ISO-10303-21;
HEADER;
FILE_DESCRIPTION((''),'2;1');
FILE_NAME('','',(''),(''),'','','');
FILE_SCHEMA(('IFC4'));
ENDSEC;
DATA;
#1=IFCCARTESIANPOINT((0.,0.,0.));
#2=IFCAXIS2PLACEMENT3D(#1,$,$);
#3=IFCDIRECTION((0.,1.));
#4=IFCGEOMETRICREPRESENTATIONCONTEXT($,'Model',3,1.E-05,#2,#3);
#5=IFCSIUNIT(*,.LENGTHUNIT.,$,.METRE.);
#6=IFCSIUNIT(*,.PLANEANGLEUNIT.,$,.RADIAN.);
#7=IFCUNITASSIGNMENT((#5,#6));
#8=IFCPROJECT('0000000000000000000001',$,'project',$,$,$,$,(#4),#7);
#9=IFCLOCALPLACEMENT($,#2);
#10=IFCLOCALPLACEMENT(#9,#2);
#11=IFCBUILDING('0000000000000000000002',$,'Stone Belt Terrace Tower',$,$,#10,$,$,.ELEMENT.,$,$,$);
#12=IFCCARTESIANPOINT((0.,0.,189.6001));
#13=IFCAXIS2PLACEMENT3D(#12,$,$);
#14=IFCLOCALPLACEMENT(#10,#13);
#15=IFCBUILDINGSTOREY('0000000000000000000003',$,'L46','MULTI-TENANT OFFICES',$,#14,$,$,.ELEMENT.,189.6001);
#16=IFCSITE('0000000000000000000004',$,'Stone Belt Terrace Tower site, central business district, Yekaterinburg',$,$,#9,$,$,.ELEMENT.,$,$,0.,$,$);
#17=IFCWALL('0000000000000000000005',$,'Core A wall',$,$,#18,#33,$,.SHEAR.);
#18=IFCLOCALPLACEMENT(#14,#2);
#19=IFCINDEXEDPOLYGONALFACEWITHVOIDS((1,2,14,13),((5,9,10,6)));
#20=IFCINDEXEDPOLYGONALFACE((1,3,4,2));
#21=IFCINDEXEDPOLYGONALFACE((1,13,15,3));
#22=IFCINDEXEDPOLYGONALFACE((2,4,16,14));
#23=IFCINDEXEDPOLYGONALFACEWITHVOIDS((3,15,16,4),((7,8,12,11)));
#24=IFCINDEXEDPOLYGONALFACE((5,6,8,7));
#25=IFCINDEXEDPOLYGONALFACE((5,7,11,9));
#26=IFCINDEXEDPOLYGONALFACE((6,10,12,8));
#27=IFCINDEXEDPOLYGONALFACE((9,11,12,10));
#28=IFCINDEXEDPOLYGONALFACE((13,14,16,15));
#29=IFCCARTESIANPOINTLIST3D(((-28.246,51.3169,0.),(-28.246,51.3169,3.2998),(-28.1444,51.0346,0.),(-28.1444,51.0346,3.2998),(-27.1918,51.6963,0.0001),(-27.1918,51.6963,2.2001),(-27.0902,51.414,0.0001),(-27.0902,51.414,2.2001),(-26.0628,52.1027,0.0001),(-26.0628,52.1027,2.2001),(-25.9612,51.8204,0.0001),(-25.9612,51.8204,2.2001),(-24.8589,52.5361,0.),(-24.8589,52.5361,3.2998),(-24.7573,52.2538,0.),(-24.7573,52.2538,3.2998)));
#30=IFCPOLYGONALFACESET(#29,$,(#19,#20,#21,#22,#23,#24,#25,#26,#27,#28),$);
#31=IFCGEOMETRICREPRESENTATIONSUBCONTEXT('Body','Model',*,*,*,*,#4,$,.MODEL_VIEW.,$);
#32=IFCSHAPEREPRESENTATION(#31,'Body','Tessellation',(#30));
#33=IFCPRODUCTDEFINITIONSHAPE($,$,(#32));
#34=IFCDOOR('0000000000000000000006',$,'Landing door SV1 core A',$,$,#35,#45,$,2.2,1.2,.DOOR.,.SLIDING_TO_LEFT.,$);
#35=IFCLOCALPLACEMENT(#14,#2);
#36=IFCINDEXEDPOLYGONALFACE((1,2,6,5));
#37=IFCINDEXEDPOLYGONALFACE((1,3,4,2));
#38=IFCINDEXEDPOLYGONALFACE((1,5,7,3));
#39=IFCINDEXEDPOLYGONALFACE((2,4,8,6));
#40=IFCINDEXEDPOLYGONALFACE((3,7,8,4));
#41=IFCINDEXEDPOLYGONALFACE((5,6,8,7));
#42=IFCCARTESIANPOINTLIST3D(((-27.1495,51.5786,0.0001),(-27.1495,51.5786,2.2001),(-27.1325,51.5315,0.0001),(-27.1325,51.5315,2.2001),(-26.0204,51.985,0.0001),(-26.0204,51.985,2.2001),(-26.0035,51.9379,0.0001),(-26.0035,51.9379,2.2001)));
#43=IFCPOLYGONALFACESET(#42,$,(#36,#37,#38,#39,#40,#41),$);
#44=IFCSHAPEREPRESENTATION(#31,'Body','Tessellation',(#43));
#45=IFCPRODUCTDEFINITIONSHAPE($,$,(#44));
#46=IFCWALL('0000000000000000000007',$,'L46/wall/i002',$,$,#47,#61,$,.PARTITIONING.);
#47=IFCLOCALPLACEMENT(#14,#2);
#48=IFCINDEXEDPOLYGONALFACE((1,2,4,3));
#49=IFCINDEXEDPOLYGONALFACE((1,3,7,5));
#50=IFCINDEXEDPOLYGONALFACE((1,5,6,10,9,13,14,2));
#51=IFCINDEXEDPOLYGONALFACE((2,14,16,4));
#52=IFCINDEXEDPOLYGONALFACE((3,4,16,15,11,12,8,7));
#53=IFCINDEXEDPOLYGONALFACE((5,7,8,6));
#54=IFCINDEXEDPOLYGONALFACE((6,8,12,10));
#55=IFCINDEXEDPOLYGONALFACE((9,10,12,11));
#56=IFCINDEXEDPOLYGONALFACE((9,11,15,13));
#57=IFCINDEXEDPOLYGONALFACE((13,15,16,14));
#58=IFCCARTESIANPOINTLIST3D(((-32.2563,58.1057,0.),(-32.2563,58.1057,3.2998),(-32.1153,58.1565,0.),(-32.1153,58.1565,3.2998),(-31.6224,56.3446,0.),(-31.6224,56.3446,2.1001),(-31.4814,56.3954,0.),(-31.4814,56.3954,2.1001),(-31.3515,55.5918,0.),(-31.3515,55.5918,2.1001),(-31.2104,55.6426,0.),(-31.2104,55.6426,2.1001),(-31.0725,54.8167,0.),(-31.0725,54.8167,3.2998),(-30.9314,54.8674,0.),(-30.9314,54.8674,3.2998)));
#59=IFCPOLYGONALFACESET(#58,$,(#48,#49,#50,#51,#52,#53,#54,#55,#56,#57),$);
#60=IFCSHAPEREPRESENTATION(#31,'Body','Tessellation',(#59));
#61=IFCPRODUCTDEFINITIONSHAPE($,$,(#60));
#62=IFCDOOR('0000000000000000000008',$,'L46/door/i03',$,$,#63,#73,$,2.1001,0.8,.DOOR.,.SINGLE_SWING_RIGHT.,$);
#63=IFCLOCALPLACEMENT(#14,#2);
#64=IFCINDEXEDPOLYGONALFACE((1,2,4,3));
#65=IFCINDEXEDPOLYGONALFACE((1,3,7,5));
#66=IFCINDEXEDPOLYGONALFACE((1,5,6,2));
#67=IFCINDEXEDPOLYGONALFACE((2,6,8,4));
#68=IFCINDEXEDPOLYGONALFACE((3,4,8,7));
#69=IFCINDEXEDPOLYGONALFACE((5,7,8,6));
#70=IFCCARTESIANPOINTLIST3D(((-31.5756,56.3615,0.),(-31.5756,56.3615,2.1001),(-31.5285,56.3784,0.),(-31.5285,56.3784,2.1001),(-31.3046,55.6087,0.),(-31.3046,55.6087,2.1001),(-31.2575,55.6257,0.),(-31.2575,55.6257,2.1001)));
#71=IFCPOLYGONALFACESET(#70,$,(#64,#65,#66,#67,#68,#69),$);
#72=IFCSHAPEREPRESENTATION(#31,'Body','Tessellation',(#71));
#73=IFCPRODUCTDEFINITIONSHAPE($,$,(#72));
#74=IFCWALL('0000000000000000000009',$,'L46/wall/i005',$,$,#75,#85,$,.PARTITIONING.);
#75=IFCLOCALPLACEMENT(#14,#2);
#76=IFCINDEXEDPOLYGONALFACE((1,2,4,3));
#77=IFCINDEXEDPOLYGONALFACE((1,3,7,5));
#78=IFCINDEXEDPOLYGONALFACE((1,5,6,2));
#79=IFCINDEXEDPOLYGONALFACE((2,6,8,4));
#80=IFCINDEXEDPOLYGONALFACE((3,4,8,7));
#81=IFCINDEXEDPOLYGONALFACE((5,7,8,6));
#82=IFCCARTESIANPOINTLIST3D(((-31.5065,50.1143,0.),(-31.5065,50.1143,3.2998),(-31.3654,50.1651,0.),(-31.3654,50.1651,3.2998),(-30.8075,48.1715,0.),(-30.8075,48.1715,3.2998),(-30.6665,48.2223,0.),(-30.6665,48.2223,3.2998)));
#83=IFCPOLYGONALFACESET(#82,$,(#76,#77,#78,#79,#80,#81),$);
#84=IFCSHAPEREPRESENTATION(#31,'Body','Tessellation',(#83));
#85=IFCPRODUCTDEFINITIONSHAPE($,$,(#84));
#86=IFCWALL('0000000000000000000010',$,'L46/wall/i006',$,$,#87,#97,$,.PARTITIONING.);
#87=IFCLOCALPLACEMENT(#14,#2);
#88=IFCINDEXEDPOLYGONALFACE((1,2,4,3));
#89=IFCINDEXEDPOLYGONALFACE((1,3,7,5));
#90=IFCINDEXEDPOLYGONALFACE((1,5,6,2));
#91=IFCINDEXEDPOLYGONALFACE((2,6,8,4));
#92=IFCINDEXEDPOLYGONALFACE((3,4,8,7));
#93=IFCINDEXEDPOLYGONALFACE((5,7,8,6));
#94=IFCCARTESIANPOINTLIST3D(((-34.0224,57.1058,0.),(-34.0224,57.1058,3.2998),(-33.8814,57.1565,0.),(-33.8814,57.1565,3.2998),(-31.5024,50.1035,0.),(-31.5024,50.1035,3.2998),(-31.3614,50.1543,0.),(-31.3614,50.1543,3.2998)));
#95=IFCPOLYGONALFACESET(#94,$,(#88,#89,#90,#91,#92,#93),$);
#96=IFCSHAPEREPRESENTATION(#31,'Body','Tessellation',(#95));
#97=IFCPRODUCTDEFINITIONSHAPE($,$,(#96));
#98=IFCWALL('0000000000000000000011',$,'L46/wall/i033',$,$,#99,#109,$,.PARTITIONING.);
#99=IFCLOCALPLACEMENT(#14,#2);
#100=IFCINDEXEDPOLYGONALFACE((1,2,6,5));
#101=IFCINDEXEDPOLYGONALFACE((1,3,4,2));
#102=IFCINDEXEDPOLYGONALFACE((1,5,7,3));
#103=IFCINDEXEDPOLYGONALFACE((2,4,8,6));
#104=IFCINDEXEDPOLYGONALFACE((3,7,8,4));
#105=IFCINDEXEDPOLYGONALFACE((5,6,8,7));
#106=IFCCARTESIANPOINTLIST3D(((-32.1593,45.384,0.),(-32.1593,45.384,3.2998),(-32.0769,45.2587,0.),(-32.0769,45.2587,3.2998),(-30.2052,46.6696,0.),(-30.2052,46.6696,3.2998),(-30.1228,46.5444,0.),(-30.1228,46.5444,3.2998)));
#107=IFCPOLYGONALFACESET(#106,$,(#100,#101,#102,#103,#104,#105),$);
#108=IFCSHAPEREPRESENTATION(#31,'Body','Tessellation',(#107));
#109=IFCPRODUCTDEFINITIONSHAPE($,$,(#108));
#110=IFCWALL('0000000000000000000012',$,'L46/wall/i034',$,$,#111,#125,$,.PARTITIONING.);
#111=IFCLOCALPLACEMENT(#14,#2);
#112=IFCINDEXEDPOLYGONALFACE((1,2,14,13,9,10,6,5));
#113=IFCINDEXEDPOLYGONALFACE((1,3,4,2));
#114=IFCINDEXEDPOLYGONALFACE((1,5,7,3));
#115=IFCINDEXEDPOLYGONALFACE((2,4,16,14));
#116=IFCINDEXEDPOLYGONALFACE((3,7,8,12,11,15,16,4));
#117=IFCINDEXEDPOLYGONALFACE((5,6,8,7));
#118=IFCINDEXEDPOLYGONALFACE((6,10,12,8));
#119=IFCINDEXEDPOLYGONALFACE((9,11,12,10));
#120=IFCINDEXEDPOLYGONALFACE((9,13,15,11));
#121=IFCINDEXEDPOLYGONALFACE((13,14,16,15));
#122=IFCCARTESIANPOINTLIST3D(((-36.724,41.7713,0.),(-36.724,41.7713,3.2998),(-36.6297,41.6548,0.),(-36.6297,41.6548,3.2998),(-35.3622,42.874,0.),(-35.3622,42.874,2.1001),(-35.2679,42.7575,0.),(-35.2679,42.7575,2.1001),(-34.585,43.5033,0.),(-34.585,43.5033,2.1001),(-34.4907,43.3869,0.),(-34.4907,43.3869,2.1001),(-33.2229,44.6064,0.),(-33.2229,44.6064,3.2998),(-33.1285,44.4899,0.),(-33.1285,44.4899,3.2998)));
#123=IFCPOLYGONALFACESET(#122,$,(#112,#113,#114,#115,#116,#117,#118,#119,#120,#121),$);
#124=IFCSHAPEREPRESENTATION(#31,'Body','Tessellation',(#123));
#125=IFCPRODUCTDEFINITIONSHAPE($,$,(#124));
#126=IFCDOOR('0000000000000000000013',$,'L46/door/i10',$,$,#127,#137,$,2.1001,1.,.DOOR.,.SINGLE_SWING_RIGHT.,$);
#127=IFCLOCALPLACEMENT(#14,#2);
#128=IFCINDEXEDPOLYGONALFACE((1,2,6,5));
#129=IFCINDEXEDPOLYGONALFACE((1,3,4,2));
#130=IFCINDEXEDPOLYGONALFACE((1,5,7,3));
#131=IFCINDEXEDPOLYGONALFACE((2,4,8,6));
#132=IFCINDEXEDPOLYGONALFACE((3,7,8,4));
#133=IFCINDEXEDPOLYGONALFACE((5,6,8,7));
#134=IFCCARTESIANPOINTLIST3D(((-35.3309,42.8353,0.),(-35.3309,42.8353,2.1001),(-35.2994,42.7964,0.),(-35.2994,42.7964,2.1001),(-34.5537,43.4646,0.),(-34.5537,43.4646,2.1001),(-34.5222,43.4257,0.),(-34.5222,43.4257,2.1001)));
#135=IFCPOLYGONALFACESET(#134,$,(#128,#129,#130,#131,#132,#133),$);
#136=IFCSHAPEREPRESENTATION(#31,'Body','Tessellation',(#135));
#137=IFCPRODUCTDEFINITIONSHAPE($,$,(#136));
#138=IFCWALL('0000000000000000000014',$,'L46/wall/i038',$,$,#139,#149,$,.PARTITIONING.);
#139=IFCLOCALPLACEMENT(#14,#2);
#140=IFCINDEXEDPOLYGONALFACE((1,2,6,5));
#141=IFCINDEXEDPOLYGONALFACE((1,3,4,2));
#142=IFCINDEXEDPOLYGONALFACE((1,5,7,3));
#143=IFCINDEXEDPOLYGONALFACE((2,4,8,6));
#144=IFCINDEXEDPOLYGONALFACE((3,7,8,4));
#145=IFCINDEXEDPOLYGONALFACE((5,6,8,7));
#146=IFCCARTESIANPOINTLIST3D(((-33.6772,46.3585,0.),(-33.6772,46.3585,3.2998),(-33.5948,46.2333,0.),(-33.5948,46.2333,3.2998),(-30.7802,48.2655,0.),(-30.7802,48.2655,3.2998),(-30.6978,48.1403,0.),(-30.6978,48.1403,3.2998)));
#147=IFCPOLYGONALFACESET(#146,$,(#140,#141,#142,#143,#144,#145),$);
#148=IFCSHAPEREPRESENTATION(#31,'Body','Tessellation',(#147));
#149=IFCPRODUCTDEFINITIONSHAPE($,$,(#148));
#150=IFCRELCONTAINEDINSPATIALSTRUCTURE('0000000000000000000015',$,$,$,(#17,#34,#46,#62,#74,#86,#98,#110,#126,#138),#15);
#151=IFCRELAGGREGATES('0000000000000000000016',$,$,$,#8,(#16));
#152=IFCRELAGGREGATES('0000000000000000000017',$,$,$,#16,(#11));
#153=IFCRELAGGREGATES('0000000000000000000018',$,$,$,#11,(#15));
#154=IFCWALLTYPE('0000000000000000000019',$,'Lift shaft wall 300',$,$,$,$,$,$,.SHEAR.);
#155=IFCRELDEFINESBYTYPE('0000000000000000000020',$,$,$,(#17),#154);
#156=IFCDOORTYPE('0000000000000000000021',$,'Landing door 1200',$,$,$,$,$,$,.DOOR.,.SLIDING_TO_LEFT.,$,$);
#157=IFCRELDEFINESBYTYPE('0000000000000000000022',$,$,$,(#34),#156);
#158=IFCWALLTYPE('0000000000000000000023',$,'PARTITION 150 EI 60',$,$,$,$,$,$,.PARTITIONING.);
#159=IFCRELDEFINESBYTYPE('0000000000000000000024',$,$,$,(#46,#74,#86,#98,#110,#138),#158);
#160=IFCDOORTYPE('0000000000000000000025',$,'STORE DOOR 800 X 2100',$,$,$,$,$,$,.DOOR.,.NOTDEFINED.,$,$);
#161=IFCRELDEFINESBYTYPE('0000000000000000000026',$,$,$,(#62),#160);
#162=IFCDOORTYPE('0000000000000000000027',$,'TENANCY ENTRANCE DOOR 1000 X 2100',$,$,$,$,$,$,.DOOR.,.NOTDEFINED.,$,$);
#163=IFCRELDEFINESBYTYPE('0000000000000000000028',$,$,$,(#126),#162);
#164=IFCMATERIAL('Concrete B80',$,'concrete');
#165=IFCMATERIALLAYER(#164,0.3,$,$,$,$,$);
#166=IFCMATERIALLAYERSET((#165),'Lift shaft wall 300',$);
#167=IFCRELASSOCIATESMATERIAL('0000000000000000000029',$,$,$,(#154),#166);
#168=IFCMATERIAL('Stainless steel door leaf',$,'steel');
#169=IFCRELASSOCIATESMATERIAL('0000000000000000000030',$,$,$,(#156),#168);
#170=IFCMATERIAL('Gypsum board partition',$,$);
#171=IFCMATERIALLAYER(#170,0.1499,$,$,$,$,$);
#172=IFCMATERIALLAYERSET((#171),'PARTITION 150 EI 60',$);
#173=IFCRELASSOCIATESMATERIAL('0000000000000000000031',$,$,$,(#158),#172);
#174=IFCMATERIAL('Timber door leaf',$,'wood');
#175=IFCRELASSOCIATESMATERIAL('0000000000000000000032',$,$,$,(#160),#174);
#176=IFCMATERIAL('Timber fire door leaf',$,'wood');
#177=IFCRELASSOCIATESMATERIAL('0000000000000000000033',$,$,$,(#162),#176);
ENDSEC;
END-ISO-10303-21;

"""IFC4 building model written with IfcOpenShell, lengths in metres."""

from ifc_helpers import new_model, si_unit, direction, frame, frame_2d, origin, place, context, subcontext, project, spatial, rectangle, extrude, material, layer, layer_set, type_object, element, fill, save


model = new_model("IFC4")

# Units and contexts
model_context = context("Model", 3, precision=1e-05, world=origin(), true_north=direction((0.0, 1.0)))
body_context = subcontext(model_context, "Body", "Model", "MODEL_VIEW")
ifc_project = project(units=[si_unit("LENGTHUNIT", "METRE"), si_unit("PLANEANGLEUNIT", "RADIAN")], contexts=[model_context])

# Site, building, storey
site_placement = place(None, origin())
site = spatial("IfcSite", under=ifc_project, at=site_placement, Name="Stone Belt Terrace Tower site, central business district, Yekaterinburg", CompositionType="ELEMENT", RefElevation=0.0)
building_placement = place(site_placement, origin())
building = spatial("IfcBuilding", under=site, at=building_placement, Name="Stone Belt Terrace Tower", CompositionType="ELEMENT")
storey_placement = place(building_placement, frame((0.0, 0.0, 189.6001)))
storey = spatial("IfcBuildingStorey", under=building, at=storey_placement, Name="L46", Description="MULTI-TENANT OFFICES", CompositionType="ELEMENT", Elevation=189.6001)

# Shared definitions
ifc_material_1 = material(Name="Concrete B80", Category="concrete")

# Walls, openings, doors
ifc_layer_1 = layer(ifc_material_1, 0.3)
ifc_layer_set_1 = layer_set([ifc_layer_1], Name="Lift shaft wall 300")
wall_type_1 = type_object("IfcWallType", Name="Lift shaft wall 300", PredefinedType="SHEAR", material=ifc_layer_set_1)
wall_1_placement = place(storey_placement, frame((-28.1951, 51.1758, 0.0), z_axis=(0.0, 0.0, 1.0), x_axis=(0.940901, 0.338681, 0.0)))
wall_1 = element("IfcWall", 1, at=wall_1_placement, inside=storey, type_object=wall_type_1, Name="Core A wall", PredefinedType="SHEAR", context=body_context, shape_type="SweptSolid", body=[
    extrude(rectangle(XDim=3.5999, YDim=0.3, at=frame_2d((1.7998, 0.0))), origin(), (0.0, 0.0, 1.0), 3.2998),
])
opening_1_placement = place(wall_1_placement, frame((1.1201, 0.0, 0.0)))
opening_1 = element("IfcOpeningElement", 2, at=opening_1_placement, cuts=wall_1, PredefinedType="OPENING", context=body_context, shape_type="SweptSolid", body=[
    extrude(rectangle(XDim=1.2, YDim=2.2, at=frame_2d((0.6001, 1.1001))), frame((0.0, 0.1599, 0.0), z_axis=(0.0, -1.0, 0.0), x_axis=(1.0, 0.0, 0.0)), (0.0, 0.0, 1.0), 0.3201),
])
ifc_material_2 = material(Name="Stainless steel door leaf", Category="steel")
door_type_1 = type_object("IfcDoorType", Name="Landing door 1200", OperationType="SLIDING_TO_LEFT", PredefinedType="DOOR", material=ifc_material_2)
door_1_placement = place(opening_1_placement, origin())
door_1 = element("IfcDoor", 3, at=door_1_placement, inside=storey, type_object=door_type_1, Name="Landing door SV1 core A", OperationType="SLIDING_TO_LEFT", OverallHeight=2.2, OverallWidth=1.2, PredefinedType="DOOR", context=body_context, shape_type="SweptSolid", body=[
    extrude(rectangle(XDim=1.2, YDim=2.2, at=frame_2d((0.6001, 1.1001))), frame((0.0, 0.0249, 0.0), z_axis=(0.0, -1.0, 0.0), x_axis=(1.0, 0.0, 0.0)), (0.0, 0.0, 1.0), 0.05),
])
fill(opening_1, door_1)
ifc_material_3 = material(Name="Gypsum board partition")
ifc_layer_2 = layer(ifc_material_3, 0.1499)
ifc_layer_set_2 = layer_set([ifc_layer_2], Name="PARTITION 150 EI 60")
wall_type_2 = type_object("IfcWallType", Name="PARTITION 150 EI 60", PredefinedType="PARTITIONING", material=ifc_layer_set_2)
wall_2_placement = place(storey_placement, frame((-32.1858, 58.1311, 0.0), z_axis=(0.0, 0.0, 1.0), x_axis=(0.338663, -0.940908, 0.0)))
wall_2 = element("IfcWall", 4, at=wall_2_placement, inside=storey, type_object=wall_type_2, Name="L46/wall/i002", PredefinedType="PARTITIONING", context=body_context, shape_type="SweptSolid", body=[
    extrude(rectangle(XDim=3.4956, YDim=0.1499, at=frame_2d((1.7478, 0.0))), origin(), (0.0, 0.0, 1.0), 3.2998),
])
opening_2_placement = place(wall_2_placement, frame((1.8718, 0.0, 0.0)))
opening_2 = element("IfcOpeningElement", 5, at=opening_2_placement, cuts=wall_2, PredefinedType="OPENING", context=body_context, shape_type="SweptSolid", body=[
    extrude(rectangle(XDim=0.8, YDim=2.1001, at=frame_2d((0.3999, 1.05))), frame((0.0, 0.085, 0.0), z_axis=(0.0, -1.0, 0.0), x_axis=(1.0, 0.0, 0.0)), (0.0, 0.0, 1.0), 0.1699),
])
ifc_material_4 = material(Name="Timber door leaf", Category="wood")
door_type_2 = type_object("IfcDoorType", Name="STORE DOOR 800 X 2100", OperationType="NOTDEFINED", PredefinedType="DOOR", material=ifc_material_4)
door_2_placement = place(opening_2_placement, origin())
door_2 = element("IfcDoor", 6, at=door_2_placement, inside=storey, type_object=door_type_2, Name="L46/door/i03", OperationType="SINGLE_SWING_RIGHT", OverallHeight=2.1001, OverallWidth=0.8, PredefinedType="DOOR", context=body_context, shape_type="SweptSolid", body=[
    extrude(rectangle(XDim=0.8, YDim=2.1001, at=frame_2d((0.3999, 1.05))), frame((0.0, 0.0249, 0.0), z_axis=(0.0, -1.0, 0.0), x_axis=(1.0, 0.0, 0.0)), (0.0, 0.0, 1.0), 0.05),
])
fill(opening_2, door_2)

# Walls
wall_3_placement = place(storey_placement, frame((-30.7371, 48.197, 0.0), z_axis=(0.0, 0.0, 1.0), x_axis=(-0.338523, 0.940958, 0.0)))
element("IfcWall", 7, at=wall_3_placement, inside=storey, type_object=wall_type_2, Name="L46/wall/i005", PredefinedType="PARTITIONING", context=body_context, shape_type="SweptSolid", body=[
    extrude(rectangle(XDim=2.0647, YDim=0.1499, at=frame_2d((1.0322, 0.0))), origin(), (0.0, 0.0, 1.0), 3.2998),
])
wall_4_placement = place(storey_placement, frame((-31.4319, 50.1289, 0.0), z_axis=(0.0, 0.0, 1.0), x_axis=(-0.338628, 0.94092, 0.0)))
element("IfcWall", 8, at=wall_4_placement, inside=storey, type_object=wall_type_2, Name="L46/wall/i006", PredefinedType="PARTITIONING", context=body_context, shape_type="SweptSolid", body=[
    extrude(rectangle(XDim=7.4419, YDim=0.1499, at=frame_2d((3.7209, 0.0))), origin(), (0.0, 0.0, 1.0), 3.2998),
])
wall_5_placement = place(storey_placement, frame((-30.1641, 46.6069, 0.0), z_axis=(0.0, 0.0, 1.0), x_axis=(-0.835407, -0.549632, 0.0)))
element("IfcWall", 9, at=wall_5_placement, inside=storey, type_object=wall_type_2, Name="L46/wall/i033", PredefinedType="PARTITIONING", context=body_context, shape_type="SweptSolid", body=[
    extrude(rectangle(XDim=2.3391, YDim=0.1499, at=frame_2d((1.1694, 0.0))), origin(), (0.0, 0.0, 1.0), 3.2998),
])

# Wall, opening, door
wall_6_placement = place(storey_placement, frame((-33.1758, 44.5481, 0.0), z_axis=(0.0, 0.0, 1.0), x_axis=(-0.777149, -0.629317, 0.0)))
wall_6 = element("IfcWall", 10, at=wall_6_placement, inside=storey, type_object=wall_type_2, Name="L46/wall/i034", PredefinedType="PARTITIONING", context=body_context, shape_type="SweptSolid", body=[
    extrude(rectangle(XDim=4.5051, YDim=0.1499, at=frame_2d((2.2524, 0.0))), origin(), (0.0, 0.0, 1.0), 3.2998),
])
opening_3_placement = place(wall_6_placement, frame((1.7527, 0.0, 0.0)))
opening_3 = element("IfcOpeningElement", 11, at=opening_3_placement, cuts=wall_6, PredefinedType="OPENING", context=body_context, shape_type="SweptSolid", body=[
    extrude(rectangle(XDim=1.0, YDim=2.1001, at=frame_2d((0.5, 1.05))), frame((0.0, 0.085, 0.0), z_axis=(0.0, -1.0, 0.0), x_axis=(1.0, 0.0, 0.0)), (0.0, 0.0, 1.0), 0.1699),
])
ifc_material_5 = material(Name="Timber fire door leaf", Category="wood")
door_type_3 = type_object("IfcDoorType", Name="TENANCY ENTRANCE DOOR 1000 X 2100", OperationType="NOTDEFINED", PredefinedType="DOOR", material=ifc_material_5)
door_3_placement = place(opening_3_placement, origin())
door_3 = element("IfcDoor", 12, at=door_3_placement, inside=storey, type_object=door_type_3, Name="L46/door/i10", OperationType="SINGLE_SWING_RIGHT", OverallHeight=2.1001, OverallWidth=1.0, PredefinedType="DOOR", context=body_context, shape_type="SweptSolid", body=[
    extrude(rectangle(XDim=1.0, YDim=2.1001, at=frame_2d((0.5, 1.05))), frame((0.0, 0.0249, 0.0), z_axis=(0.0, -1.0, 0.0), x_axis=(1.0, 0.0, 0.0)), (0.0, 0.0, 1.0), 0.05),
])
fill(opening_3, door_3)

# Wall
wall_7_placement = place(storey_placement, frame((-33.636, 46.2959, 0.0), z_axis=(0.0, 0.0, 1.0), x_axis=(0.835274, 0.549834, 0.0)))
element("IfcWall", 13, at=wall_7_placement, inside=storey, type_object=wall_type_2, Name="L46/wall/i038", PredefinedType="PARTITIONING", context=body_context, shape_type="SweptSolid", body=[
    extrude(rectangle(XDim=3.4683, YDim=0.1499, at=frame_2d((1.7341, 0.0))), origin(), (0.0, 0.0, 1.0), 3.2998),
])

save(model, "model.ifc")
